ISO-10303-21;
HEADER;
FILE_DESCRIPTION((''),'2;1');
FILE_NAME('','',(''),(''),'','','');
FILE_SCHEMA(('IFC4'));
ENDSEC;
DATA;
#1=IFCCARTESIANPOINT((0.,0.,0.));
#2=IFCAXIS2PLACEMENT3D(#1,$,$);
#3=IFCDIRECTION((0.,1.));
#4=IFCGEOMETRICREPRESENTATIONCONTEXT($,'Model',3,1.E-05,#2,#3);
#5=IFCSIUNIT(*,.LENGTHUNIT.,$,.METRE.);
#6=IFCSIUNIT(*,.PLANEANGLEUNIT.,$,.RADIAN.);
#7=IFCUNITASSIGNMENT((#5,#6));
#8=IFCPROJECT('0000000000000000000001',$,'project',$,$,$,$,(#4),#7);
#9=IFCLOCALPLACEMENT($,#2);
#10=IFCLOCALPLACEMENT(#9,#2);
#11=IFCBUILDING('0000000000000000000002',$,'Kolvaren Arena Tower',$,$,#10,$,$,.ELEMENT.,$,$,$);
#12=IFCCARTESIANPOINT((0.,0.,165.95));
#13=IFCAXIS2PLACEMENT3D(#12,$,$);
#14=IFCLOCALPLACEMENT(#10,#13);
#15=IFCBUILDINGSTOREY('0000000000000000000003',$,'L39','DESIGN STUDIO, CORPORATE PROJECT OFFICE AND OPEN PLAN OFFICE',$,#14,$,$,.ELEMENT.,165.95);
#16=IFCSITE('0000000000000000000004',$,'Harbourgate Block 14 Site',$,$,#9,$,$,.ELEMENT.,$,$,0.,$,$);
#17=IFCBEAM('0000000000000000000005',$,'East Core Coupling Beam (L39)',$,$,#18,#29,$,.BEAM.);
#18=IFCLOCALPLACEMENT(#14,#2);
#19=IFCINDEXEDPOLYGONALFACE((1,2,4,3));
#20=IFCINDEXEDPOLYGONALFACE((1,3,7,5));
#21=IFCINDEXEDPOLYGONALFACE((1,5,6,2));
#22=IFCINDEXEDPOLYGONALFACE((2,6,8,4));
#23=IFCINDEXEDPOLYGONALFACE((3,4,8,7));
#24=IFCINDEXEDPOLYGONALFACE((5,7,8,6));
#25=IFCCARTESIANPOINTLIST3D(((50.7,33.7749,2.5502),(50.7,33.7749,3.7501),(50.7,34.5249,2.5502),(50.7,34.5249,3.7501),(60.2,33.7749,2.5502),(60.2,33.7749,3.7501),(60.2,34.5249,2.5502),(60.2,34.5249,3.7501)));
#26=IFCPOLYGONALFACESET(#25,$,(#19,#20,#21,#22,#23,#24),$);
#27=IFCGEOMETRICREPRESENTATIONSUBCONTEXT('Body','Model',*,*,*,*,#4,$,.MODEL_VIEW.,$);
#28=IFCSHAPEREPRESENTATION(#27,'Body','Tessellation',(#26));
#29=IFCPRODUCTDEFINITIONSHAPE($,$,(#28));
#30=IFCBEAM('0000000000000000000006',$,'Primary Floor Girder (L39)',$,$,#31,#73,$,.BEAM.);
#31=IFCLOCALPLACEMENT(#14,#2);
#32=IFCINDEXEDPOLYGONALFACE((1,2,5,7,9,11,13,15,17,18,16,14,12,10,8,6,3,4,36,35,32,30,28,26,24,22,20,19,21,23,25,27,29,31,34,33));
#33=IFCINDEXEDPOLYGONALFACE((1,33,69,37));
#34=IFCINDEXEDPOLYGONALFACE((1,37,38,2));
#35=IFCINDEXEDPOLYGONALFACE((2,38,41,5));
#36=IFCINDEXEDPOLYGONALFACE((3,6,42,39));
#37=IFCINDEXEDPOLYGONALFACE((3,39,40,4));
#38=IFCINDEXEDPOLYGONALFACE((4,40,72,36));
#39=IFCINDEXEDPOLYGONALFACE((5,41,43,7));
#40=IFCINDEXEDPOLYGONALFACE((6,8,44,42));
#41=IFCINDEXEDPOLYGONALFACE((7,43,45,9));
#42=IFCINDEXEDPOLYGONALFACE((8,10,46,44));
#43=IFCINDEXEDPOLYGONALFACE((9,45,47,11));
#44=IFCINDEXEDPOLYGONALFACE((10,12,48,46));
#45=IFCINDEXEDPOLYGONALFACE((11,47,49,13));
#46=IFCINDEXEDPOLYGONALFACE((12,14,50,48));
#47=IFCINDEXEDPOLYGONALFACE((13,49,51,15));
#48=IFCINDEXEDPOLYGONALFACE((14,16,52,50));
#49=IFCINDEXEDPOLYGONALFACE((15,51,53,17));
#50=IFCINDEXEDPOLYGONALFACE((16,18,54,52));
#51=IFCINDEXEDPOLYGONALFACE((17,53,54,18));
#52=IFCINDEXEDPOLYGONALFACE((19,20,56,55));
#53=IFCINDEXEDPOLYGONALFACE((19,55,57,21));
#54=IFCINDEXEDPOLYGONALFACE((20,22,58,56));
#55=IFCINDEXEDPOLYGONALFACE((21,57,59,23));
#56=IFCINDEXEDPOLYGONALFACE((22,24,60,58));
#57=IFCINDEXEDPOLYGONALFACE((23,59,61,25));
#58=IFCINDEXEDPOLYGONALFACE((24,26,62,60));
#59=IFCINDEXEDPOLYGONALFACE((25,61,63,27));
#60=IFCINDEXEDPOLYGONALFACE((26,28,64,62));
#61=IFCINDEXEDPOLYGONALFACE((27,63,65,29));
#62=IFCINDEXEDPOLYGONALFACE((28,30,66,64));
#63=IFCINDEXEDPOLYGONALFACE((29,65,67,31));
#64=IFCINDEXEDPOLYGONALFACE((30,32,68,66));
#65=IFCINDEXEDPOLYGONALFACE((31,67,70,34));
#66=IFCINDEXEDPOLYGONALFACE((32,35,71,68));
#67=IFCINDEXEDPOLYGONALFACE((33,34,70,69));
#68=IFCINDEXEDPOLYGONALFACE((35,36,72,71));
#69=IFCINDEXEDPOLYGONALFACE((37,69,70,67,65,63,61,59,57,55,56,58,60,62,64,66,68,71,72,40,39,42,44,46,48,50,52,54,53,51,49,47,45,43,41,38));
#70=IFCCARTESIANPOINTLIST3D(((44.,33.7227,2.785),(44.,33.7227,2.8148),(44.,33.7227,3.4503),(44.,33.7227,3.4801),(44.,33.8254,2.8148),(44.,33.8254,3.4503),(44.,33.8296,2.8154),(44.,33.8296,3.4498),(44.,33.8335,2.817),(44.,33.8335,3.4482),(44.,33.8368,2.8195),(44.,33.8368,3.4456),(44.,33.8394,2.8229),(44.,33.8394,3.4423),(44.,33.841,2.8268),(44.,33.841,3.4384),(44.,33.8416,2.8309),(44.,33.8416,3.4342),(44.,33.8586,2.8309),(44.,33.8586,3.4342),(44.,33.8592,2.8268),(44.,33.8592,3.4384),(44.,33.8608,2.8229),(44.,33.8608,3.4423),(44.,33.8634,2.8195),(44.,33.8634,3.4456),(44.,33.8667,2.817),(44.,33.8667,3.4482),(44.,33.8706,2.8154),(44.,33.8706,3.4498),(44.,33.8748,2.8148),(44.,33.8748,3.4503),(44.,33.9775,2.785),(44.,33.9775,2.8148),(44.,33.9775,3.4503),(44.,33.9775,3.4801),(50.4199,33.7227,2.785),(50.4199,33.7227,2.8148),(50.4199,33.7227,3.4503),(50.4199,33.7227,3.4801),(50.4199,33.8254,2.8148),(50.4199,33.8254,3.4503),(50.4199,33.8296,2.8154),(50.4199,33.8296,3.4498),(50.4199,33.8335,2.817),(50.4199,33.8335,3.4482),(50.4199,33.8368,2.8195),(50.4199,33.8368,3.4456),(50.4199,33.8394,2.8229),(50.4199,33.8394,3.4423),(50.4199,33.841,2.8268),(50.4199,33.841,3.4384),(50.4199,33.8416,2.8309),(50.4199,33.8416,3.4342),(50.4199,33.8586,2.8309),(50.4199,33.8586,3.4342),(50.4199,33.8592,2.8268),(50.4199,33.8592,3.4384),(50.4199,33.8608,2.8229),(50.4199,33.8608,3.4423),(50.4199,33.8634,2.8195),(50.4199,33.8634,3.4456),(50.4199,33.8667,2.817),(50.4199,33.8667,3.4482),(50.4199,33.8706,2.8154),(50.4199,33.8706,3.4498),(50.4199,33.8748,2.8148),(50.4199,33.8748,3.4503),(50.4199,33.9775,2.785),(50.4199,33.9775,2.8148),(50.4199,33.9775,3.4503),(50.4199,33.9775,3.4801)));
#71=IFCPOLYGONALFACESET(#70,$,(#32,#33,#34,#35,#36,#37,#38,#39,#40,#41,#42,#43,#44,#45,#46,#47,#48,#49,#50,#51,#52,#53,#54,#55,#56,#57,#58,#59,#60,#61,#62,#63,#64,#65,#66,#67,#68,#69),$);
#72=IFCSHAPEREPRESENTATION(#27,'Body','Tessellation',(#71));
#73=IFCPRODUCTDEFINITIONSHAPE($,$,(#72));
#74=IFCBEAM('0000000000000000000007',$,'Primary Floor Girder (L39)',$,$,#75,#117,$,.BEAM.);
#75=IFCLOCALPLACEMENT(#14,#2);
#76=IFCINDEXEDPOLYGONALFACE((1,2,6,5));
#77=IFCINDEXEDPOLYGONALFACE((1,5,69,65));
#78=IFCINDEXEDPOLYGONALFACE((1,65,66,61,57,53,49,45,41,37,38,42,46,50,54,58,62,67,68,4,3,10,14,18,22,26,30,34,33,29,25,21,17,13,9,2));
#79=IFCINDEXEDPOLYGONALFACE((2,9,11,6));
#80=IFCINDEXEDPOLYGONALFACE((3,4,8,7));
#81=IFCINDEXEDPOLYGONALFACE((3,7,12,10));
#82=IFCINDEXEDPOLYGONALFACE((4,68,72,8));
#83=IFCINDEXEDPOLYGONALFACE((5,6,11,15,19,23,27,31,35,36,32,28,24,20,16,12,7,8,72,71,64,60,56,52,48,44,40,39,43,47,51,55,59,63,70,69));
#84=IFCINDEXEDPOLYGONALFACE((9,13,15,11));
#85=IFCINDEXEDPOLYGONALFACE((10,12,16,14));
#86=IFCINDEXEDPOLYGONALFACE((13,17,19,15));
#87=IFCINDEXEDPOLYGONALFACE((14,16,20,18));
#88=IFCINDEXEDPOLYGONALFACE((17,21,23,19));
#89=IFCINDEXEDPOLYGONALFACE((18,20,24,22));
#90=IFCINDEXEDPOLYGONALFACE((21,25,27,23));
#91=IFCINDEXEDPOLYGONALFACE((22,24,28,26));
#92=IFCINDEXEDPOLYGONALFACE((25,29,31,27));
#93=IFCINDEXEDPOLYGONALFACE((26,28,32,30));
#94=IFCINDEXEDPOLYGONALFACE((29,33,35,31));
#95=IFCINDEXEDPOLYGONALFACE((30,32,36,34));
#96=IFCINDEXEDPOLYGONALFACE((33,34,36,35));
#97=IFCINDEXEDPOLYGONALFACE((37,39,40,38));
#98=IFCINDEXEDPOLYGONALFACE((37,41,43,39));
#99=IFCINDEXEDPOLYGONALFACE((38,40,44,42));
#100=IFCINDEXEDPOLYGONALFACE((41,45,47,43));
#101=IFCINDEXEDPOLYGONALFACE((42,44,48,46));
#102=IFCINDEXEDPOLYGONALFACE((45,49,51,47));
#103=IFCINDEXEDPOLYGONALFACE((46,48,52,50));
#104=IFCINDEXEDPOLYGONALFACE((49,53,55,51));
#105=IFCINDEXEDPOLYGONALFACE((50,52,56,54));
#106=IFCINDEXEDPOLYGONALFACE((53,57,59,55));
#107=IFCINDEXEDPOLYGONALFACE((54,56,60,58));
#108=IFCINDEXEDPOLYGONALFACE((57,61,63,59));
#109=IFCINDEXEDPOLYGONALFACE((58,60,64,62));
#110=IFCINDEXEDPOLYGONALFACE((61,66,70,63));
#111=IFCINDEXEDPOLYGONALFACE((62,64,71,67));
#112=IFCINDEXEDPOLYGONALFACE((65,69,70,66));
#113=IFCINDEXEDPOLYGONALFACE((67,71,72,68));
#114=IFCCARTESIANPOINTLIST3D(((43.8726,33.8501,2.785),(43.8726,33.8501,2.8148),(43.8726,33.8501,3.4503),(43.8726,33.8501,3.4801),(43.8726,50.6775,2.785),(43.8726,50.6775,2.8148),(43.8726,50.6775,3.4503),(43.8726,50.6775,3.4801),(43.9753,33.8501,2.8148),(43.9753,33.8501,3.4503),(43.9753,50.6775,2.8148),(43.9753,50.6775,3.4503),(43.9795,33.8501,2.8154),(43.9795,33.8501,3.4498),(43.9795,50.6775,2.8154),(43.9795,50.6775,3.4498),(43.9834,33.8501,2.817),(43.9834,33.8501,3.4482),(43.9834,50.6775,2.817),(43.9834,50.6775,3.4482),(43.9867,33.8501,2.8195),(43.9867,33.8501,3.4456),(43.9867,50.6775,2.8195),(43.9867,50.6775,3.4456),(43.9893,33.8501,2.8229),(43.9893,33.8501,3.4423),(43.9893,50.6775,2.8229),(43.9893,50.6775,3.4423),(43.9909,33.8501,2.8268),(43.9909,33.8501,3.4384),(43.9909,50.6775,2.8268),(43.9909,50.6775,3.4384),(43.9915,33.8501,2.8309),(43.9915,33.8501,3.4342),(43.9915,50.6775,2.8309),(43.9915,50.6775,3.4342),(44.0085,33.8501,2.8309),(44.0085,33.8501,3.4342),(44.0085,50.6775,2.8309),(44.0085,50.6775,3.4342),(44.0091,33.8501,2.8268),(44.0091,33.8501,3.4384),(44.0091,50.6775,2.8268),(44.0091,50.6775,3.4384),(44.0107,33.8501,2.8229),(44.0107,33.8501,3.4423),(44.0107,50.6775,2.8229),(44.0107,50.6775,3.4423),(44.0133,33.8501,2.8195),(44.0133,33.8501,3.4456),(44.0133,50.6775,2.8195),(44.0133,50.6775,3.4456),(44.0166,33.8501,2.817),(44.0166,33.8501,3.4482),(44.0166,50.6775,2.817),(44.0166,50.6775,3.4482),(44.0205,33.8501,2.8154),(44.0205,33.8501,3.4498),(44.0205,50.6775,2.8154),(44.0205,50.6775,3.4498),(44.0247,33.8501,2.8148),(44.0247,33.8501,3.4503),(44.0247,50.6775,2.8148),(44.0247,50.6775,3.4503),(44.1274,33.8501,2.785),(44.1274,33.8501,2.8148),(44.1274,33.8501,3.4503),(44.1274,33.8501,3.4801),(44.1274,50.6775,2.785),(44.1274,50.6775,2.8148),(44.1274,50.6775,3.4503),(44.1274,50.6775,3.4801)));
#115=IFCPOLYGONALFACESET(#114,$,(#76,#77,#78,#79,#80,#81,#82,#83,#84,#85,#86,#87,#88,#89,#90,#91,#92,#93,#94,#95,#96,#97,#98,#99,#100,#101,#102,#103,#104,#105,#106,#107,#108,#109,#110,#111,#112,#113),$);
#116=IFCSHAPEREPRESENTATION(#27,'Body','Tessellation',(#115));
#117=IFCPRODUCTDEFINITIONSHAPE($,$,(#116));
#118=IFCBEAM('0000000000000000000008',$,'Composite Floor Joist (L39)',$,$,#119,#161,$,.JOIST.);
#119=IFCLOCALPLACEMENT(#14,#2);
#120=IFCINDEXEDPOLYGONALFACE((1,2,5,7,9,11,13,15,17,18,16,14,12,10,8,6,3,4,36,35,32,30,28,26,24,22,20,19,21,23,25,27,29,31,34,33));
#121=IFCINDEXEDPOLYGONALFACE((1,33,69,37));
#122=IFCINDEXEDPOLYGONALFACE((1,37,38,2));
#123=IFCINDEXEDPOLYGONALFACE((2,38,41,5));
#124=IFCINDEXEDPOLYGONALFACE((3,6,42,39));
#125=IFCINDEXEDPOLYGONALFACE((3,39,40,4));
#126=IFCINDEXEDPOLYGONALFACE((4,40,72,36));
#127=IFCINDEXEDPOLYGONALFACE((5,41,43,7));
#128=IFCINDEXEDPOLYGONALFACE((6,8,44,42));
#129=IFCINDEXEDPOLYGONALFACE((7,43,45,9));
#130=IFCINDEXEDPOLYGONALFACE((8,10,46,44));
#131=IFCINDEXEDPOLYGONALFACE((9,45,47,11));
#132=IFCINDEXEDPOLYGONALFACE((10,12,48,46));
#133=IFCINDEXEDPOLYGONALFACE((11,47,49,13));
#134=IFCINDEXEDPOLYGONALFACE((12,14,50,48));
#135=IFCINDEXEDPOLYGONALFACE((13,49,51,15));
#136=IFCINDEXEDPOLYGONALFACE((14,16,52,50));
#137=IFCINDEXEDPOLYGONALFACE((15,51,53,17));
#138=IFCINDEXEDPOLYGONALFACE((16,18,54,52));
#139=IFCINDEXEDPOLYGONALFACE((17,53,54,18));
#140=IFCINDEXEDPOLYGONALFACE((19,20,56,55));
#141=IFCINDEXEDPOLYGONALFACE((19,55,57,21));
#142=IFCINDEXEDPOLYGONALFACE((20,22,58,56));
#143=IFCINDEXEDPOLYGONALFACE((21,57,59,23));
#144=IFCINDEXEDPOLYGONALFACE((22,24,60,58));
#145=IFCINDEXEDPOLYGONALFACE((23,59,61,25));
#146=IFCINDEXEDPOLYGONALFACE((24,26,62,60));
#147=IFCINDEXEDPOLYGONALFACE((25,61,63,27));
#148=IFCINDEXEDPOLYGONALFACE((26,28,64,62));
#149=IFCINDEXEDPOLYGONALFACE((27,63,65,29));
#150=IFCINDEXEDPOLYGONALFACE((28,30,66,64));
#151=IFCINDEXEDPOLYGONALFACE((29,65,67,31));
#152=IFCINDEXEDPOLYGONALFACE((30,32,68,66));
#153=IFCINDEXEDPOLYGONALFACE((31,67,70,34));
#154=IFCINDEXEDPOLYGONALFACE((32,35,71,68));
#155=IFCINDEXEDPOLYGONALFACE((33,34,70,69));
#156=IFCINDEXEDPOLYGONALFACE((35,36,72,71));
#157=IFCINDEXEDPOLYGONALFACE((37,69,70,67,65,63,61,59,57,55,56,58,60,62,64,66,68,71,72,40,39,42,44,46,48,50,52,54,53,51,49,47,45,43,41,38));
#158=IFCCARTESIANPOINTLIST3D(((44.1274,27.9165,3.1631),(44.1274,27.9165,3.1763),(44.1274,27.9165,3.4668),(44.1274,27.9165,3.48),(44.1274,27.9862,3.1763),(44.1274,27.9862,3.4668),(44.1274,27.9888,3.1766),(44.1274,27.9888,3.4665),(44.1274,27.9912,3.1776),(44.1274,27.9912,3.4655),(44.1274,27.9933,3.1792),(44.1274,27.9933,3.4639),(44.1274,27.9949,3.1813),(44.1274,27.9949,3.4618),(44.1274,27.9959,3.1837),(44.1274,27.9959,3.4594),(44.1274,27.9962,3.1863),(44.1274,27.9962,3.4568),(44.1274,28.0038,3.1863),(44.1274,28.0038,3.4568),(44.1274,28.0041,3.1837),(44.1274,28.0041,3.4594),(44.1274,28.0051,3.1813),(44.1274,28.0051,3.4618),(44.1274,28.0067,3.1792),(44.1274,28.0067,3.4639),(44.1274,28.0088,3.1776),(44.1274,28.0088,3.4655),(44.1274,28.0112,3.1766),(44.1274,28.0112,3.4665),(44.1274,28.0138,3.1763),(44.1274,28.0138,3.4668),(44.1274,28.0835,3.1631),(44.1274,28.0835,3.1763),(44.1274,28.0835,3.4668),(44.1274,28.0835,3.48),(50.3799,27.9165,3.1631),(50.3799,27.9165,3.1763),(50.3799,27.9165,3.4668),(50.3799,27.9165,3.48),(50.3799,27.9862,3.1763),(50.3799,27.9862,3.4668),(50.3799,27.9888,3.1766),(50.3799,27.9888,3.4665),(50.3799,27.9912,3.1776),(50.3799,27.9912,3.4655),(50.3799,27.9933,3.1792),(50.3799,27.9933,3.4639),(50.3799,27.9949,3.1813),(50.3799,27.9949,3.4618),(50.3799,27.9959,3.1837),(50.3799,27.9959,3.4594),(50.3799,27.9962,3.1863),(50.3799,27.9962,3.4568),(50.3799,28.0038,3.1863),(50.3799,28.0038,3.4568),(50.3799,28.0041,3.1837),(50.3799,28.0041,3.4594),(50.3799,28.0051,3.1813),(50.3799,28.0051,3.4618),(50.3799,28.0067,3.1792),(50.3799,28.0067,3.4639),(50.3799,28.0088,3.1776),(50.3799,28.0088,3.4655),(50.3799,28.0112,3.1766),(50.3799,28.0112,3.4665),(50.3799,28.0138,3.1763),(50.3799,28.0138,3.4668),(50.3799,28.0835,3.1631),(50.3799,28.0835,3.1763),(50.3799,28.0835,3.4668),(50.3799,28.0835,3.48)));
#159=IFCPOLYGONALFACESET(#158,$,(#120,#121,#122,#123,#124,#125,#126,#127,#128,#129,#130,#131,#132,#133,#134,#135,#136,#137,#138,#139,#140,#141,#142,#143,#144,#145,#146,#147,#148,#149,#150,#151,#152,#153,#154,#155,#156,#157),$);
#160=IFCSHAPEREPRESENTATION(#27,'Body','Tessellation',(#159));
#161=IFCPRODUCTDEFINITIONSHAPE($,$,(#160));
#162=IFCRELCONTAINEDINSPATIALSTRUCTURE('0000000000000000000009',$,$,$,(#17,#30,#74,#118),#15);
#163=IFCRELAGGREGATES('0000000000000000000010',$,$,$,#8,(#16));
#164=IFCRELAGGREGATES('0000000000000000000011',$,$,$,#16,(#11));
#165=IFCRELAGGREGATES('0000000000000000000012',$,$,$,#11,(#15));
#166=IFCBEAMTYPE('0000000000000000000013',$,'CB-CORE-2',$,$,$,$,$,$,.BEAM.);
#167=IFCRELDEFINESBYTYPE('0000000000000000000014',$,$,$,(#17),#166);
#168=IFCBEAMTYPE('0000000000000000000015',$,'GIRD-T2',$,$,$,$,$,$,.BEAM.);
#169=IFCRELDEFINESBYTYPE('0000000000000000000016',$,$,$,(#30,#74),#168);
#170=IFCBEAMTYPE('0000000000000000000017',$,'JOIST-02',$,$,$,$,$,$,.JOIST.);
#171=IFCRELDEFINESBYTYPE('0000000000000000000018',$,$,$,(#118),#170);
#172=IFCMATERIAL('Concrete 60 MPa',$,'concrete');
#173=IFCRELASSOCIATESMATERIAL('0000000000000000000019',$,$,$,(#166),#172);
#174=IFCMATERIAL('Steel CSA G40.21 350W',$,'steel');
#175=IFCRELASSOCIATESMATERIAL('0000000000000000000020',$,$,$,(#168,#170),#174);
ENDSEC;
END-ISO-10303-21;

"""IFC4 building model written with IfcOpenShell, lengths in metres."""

from ifc_helpers import new_model, si_unit, direction, frame, origin, origin_2d, place, context, subcontext, project, spatial, rectangle, i_section, extrude, material, material_profile, profile_set, type_object, element, save


model = new_model("IFC4")

# Units and contexts
model_context = context("Model", 3, precision=1e-05, world=origin(), true_north=direction((0.0, 1.0)))
body_context = subcontext(model_context, "Body", "Model", "MODEL_VIEW")
ifc_project = project(units=[si_unit("LENGTHUNIT", "METRE"), si_unit("PLANEANGLEUNIT", "RADIAN")], contexts=[model_context])

# Site, building, storey
site_placement = place(None, origin())
site = spatial("IfcSite", under=ifc_project, at=site_placement, Name="Harbourgate Block 14 Site", CompositionType="ELEMENT", RefElevation=0.0)
building_placement = place(site_placement, origin())
building = spatial("IfcBuilding", under=site, at=building_placement, Name="Kolvaren Arena Tower", CompositionType="ELEMENT")
storey_placement = place(building_placement, frame((0.0, 0.0, 165.95)))
storey = spatial("IfcBuildingStorey", under=building, at=storey_placement, Name="L39", Description="DESIGN STUDIO, CORPORATE PROJECT OFFICE AND OPEN PLAN OFFICE", CompositionType="ELEMENT", Elevation=165.95)

# Beams
ifc_material_1 = material(Name="Steel CSA G40.21 350W", Category="steel")
ifc_material_2 = material(Name="Concrete 60 MPa", Category="concrete")
ifc_material_profile_1 = material_profile(ifc_material_2, rectangle(XDim=0.75, YDim=1.2, at=origin_2d()), Name="RC-750x1200")
ifc_profile_set_1 = profile_set([ifc_material_profile_1], Name="Concrete 60 MPa")
beam_type_1 = type_object("IfcBeamType", Name="CB-CORE-2", PredefinedType="BEAM", material=ifc_profile_set_1)
beam_1_placement = place(storey_placement, frame((50.7, 34.1499, 3.1501), z_axis=(1.0, 0.0, 0.0), x_axis=(0.0, 1.0, 0.0)))
element("IfcBeam", 1, at=beam_1_placement, inside=storey, type_object=beam_type_1, Name="East Core Coupling Beam (L39)", PredefinedType="BEAM", context=body_context, shape_type="SweptSolid", body=[
    extrude(rectangle(XDim=0.75, YDim=1.2, at=origin_2d()), origin(), (0.0, 0.0, 1.0), 9.5),
])
ifc_material_profile_2 = material_profile(ifc_material_1, i_section(OverallWidth=0.2549, OverallDepth=0.6951, WebThickness=0.0171, FlangeThickness=0.0298, FilletRadius=0.0161, at=origin_2d()), Name="W690x217")
ifc_profile_set_2 = profile_set([ifc_material_profile_2], Name="Steel CSA G40.21 350W")
beam_type_2 = type_object("IfcBeamType", Name="GIRD-T2", PredefinedType="BEAM", material=ifc_profile_set_2)
beam_2_placement = place(storey_placement, frame((44.0, 33.8501, 3.1326), z_axis=(1.0, 0.0, 0.0), x_axis=(0.0, 1.0, 0.0)))
element("IfcBeam", 2, at=beam_2_placement, inside=storey, type_object=beam_type_2, Name="Primary Floor Girder (L39)", PredefinedType="BEAM", context=body_context, shape_type="SweptSolid", body=[
    extrude(i_section(OverallWidth=0.2549, OverallDepth=0.6951, WebThickness=0.0171, FlangeThickness=0.0298, FilletRadius=0.0161, at=origin_2d()), origin(), (0.0, 0.0, 1.0), 6.4199),
])
beam_3_placement = place(storey_placement, frame((44.0, 33.8501, 3.1326), z_axis=(0.0, 1.0, 0.0), x_axis=(-1.0, 0.0, 0.0)))
element("IfcBeam", 3, at=beam_3_placement, inside=storey, type_object=beam_type_2, Name="Primary Floor Girder (L39)", PredefinedType="BEAM", context=body_context, shape_type="SweptSolid", body=[
    extrude(i_section(OverallWidth=0.2549, OverallDepth=0.6951, WebThickness=0.0171, FlangeThickness=0.0298, FilletRadius=0.0161, at=origin_2d()), origin(), (0.0, 0.0, 1.0), 16.8274),
])
ifc_material_profile_3 = material_profile(ifc_material_1, i_section(OverallWidth=0.167, OverallDepth=0.3169, WebThickness=0.0076, FlangeThickness=0.0132, FilletRadius=0.01, at=origin_2d()), Name="W310x52")
ifc_profile_set_3 = profile_set([ifc_material_profile_3], Name="Steel CSA G40.21 350W")
beam_type_3 = type_object("IfcBeamType", Name="JOIST-02", PredefinedType="JOIST", material=ifc_profile_set_3)
for number, where, z_axis, x_axis, name in (
    (4, (44.1274, 28.0, 3.3215), (1.0, 0.0, 0.0), (0.0, 1.0, 0.0), "Composite Floor Joist (L39)"),
):
    element("IfcBeam", number, at=place(storey_placement, frame(where, z_axis=z_axis, x_axis=x_axis)), inside=storey, type_object=beam_type_3, Name=name, PredefinedType="JOIST", context=body_context, shape_type="SweptSolid", body=[
        extrude(i_section(OverallWidth=0.167, OverallDepth=0.3169, WebThickness=0.0076, FlangeThickness=0.0132, FilletRadius=0.01, at=origin_2d()), origin(), (0.0, 0.0, 1.0), 6.2524),
    ])

save(model, "model.ifc")
